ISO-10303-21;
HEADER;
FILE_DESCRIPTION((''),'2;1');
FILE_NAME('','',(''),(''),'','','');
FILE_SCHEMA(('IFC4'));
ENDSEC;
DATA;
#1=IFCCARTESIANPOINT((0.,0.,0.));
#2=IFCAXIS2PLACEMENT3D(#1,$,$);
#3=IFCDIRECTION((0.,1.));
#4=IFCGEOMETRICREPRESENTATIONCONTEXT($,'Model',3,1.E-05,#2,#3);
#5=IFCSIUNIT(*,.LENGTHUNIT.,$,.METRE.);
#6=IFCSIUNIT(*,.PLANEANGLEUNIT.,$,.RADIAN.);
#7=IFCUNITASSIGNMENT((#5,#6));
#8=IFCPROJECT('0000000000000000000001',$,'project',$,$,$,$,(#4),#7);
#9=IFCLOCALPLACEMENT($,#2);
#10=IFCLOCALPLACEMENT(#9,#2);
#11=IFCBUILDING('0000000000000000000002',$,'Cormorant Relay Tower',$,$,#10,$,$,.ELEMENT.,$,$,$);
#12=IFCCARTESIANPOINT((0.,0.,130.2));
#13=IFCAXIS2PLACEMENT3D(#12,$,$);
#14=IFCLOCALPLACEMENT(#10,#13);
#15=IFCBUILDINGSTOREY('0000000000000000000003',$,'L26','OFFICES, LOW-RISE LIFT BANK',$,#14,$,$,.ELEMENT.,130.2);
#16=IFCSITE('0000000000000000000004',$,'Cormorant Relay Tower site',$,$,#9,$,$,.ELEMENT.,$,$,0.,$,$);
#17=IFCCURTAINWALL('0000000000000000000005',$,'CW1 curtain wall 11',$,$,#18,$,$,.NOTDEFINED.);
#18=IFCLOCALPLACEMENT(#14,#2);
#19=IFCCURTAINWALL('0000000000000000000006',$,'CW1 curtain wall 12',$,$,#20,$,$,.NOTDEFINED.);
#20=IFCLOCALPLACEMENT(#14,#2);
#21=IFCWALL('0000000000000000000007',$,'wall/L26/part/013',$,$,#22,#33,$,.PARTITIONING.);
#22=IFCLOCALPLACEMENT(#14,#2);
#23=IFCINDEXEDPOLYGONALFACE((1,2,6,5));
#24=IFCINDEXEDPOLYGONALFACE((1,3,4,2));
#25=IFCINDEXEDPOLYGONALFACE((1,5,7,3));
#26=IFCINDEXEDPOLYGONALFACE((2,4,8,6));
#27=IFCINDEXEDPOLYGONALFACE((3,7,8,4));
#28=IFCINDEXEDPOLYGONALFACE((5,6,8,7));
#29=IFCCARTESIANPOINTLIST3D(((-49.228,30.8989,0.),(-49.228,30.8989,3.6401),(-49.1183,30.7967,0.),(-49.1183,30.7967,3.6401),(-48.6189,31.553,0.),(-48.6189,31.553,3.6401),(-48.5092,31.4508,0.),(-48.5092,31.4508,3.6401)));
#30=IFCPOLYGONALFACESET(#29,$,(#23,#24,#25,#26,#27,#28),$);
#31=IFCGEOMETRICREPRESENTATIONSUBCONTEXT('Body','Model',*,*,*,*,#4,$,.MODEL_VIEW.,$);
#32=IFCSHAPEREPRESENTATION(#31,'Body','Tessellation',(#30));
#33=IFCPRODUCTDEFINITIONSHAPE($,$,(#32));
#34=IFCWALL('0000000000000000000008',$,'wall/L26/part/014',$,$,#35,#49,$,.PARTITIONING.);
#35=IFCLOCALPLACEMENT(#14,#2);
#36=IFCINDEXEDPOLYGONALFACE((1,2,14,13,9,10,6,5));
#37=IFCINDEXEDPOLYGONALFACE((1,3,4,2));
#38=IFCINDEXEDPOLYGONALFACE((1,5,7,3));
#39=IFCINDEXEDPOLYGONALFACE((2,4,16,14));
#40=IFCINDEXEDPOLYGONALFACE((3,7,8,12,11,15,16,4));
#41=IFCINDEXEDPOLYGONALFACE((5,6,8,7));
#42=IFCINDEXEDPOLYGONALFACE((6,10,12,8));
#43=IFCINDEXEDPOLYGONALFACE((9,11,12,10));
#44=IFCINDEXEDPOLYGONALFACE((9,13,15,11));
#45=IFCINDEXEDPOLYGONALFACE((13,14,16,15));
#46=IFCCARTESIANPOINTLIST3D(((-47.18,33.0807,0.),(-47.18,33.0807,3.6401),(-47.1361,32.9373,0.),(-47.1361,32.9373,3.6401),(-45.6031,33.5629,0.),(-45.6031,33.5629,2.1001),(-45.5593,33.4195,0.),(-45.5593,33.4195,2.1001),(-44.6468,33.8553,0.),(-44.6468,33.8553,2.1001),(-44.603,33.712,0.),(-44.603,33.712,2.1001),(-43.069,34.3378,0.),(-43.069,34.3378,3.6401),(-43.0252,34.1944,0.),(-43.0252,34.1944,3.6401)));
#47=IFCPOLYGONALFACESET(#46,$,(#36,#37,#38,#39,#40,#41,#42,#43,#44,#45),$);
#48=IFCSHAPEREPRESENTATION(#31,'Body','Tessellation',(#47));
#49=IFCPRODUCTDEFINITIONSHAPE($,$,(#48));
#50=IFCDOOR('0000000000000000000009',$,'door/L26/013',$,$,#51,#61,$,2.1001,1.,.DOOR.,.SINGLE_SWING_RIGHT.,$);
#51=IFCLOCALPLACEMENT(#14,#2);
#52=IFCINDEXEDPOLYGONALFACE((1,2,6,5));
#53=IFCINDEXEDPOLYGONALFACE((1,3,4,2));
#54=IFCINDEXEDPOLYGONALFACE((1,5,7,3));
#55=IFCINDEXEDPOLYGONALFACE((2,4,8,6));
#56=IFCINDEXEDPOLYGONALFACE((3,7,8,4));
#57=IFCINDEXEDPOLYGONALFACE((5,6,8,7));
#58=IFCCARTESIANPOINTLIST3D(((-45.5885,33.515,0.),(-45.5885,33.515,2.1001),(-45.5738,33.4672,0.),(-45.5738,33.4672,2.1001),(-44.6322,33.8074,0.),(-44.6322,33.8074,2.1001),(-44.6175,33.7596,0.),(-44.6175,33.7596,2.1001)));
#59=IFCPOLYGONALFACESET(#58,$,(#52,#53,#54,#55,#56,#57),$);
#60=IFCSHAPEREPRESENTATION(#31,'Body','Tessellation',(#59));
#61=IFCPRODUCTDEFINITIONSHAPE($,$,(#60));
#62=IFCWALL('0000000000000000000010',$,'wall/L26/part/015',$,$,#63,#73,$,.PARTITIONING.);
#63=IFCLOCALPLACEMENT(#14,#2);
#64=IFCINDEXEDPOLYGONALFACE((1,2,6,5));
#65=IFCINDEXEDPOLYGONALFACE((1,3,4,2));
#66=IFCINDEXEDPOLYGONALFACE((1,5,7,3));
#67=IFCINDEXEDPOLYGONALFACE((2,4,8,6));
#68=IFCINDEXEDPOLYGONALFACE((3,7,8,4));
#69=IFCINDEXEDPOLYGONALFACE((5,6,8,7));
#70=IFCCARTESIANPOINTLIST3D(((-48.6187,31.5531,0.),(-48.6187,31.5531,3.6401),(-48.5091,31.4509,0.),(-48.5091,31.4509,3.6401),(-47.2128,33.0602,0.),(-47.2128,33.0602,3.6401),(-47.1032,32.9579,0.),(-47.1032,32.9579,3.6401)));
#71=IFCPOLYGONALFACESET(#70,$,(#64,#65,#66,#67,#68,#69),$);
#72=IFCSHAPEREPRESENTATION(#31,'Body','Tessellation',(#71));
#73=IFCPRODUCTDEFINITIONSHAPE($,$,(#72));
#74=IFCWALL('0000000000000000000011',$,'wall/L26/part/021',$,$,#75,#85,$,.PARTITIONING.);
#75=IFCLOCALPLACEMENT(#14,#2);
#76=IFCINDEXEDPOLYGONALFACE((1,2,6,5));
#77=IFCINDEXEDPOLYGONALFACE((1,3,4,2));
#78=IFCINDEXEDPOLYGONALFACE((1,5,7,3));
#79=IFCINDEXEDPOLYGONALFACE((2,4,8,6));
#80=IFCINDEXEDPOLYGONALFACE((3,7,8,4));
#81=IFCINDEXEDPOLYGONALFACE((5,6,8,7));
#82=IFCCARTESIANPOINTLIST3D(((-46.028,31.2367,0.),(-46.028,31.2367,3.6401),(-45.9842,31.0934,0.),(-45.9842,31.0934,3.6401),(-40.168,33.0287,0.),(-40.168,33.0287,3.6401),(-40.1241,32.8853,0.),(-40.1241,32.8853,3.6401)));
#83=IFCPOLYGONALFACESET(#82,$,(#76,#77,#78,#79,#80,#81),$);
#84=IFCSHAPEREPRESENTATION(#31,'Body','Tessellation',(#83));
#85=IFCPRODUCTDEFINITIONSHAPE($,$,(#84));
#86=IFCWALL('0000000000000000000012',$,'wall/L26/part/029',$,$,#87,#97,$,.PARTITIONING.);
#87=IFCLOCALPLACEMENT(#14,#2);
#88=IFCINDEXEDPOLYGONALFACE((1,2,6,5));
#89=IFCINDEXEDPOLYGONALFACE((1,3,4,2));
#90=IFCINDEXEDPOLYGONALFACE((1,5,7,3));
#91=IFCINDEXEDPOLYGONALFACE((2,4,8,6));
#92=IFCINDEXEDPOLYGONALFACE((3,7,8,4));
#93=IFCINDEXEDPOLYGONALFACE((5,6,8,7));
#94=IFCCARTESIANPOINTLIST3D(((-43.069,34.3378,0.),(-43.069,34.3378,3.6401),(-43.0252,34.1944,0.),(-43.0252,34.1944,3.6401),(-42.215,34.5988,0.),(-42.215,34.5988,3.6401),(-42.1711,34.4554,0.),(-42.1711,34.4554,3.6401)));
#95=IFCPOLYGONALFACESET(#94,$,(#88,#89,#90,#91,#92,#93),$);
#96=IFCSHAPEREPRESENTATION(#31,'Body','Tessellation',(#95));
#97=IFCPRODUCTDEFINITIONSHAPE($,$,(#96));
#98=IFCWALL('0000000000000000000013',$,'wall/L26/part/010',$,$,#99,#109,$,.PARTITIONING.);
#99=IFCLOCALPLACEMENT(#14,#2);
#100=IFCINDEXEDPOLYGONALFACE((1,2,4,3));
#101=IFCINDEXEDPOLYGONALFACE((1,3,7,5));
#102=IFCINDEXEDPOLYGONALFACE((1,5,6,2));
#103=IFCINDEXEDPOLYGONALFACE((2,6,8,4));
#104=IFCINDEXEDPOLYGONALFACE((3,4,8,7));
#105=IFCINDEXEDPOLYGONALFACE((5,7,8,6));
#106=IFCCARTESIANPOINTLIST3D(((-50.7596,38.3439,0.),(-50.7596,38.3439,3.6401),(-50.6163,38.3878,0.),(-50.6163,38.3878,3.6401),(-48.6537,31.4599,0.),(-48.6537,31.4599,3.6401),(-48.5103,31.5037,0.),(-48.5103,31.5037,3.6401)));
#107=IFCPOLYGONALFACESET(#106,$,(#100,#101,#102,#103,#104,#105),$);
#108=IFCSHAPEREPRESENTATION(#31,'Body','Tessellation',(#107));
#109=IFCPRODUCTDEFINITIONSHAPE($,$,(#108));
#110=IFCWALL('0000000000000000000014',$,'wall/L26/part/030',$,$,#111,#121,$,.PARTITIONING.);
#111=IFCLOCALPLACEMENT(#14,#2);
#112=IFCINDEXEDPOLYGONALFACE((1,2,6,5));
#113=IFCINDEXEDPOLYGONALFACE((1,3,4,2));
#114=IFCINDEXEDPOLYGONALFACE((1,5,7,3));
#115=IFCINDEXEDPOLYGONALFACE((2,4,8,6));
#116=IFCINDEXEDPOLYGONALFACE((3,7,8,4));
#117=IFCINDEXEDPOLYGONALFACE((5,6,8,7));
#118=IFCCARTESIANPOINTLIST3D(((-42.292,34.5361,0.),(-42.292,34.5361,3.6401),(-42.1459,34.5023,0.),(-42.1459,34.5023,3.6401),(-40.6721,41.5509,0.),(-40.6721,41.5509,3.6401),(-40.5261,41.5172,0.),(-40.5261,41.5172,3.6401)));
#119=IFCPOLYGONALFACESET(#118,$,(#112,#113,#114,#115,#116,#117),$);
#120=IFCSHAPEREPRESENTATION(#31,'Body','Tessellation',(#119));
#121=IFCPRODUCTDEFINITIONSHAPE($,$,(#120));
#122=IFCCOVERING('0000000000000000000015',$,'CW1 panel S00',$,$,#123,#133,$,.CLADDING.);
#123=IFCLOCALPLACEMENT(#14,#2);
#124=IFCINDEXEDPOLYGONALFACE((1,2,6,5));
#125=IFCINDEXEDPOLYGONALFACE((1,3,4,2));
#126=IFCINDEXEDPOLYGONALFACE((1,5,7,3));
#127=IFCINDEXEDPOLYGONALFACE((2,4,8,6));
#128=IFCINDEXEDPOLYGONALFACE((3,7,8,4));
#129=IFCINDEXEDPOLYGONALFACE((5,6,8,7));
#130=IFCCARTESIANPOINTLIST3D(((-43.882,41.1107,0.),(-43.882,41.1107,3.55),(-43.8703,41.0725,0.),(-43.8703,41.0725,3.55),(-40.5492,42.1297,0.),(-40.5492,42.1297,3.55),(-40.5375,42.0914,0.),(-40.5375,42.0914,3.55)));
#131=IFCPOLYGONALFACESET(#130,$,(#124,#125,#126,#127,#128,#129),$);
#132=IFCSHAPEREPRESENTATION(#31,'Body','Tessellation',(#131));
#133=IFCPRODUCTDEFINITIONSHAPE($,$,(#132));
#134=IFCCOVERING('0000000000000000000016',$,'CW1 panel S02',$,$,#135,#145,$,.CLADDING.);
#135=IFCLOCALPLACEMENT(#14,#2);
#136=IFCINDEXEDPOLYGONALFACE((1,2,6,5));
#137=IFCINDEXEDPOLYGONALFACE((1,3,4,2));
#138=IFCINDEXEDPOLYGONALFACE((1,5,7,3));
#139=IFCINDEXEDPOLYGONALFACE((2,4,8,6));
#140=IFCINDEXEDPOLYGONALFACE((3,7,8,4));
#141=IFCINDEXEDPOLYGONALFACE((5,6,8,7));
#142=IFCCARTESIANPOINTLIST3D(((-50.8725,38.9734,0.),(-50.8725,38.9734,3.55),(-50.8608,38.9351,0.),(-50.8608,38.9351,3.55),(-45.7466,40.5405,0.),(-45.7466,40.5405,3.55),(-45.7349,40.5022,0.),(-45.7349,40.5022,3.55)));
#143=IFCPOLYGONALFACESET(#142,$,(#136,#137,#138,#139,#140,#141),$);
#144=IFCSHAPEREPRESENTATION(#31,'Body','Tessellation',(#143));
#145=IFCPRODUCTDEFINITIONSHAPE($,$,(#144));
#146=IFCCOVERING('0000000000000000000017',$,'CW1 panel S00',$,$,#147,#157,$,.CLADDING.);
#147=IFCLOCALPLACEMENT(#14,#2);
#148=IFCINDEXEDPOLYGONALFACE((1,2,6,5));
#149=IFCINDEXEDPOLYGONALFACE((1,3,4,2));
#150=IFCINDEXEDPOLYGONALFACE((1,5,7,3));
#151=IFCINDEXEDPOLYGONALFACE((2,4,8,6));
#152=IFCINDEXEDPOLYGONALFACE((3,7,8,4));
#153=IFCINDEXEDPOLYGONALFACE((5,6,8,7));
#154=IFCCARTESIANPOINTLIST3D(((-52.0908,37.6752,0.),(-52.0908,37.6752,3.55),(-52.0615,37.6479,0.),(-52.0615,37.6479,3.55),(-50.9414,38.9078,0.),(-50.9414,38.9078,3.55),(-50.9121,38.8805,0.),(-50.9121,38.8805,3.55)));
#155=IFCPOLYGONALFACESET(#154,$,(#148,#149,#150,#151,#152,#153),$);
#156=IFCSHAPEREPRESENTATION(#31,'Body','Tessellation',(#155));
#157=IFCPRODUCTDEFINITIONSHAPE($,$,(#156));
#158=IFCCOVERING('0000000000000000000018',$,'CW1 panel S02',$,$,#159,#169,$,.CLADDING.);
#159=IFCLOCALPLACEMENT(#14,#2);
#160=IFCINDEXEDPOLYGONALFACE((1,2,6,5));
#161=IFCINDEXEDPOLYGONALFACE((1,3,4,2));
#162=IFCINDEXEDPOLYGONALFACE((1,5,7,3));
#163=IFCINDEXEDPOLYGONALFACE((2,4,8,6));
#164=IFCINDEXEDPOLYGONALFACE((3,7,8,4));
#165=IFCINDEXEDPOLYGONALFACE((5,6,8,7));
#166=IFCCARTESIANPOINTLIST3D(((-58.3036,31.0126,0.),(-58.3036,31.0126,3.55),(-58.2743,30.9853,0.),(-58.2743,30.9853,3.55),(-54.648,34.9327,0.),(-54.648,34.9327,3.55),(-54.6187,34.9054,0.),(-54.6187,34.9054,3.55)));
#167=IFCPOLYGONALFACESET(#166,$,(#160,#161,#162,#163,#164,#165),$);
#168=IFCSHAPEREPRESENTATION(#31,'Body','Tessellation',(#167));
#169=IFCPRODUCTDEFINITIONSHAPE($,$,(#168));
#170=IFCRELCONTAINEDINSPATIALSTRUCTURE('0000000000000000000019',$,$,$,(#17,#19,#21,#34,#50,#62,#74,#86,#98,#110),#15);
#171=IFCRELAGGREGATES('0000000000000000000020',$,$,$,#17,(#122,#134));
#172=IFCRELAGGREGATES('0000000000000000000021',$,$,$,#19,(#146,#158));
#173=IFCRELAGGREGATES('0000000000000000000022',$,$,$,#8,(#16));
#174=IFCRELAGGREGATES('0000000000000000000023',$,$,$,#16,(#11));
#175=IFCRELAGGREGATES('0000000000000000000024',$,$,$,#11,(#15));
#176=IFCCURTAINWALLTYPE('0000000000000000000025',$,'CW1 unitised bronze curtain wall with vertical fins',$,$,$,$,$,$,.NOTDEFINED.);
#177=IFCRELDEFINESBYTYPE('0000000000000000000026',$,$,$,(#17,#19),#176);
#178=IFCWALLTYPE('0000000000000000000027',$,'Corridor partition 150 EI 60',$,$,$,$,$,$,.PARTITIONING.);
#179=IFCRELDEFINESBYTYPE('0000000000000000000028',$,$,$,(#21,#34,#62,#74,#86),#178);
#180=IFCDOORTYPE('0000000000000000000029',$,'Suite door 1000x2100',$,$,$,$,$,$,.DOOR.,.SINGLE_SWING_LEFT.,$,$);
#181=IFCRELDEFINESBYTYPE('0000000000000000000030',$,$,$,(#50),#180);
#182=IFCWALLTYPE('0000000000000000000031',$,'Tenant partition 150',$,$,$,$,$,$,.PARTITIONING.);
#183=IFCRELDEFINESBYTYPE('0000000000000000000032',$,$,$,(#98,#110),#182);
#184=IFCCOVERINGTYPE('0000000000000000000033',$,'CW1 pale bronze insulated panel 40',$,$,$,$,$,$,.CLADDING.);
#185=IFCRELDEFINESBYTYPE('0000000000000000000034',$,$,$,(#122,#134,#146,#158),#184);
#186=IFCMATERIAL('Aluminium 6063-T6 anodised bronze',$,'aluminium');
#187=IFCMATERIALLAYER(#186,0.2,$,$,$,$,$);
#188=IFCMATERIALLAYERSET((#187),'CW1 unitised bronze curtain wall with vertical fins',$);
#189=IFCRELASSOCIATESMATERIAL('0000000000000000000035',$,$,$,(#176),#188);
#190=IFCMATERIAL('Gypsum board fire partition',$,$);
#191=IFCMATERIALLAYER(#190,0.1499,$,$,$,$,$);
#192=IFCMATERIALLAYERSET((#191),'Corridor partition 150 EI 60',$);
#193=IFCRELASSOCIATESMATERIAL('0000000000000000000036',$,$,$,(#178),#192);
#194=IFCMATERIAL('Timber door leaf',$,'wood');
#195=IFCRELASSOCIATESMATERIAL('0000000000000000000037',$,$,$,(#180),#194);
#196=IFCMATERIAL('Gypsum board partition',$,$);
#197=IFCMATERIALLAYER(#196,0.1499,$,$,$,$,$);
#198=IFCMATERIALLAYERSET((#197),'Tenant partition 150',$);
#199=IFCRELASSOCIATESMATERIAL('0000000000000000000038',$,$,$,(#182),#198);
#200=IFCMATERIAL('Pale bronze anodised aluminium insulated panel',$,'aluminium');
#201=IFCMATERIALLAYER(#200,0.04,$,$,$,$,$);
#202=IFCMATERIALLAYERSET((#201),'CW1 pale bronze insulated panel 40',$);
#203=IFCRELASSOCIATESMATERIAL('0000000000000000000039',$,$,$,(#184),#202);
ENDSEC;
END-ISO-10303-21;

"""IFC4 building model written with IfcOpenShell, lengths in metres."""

from ifc_helpers import new_model, si_unit, direction, frame, frame_2d, origin, origin_2d, place, context, subcontext, project, spatial, rectangle, extrude, material, layer, layer_set, type_object, element, fill, aggregate, save


model = new_model("IFC4")

# Units and contexts
model_context = context("Model", 3, precision=1e-05, world=origin(), true_north=direction((0.0, 1.0)))
body_context = subcontext(model_context, "Body", "Model", "MODEL_VIEW")
ifc_project = project(units=[si_unit("LENGTHUNIT", "METRE"), si_unit("PLANEANGLEUNIT", "RADIAN")], contexts=[model_context])

# Site, building, storey
site_placement = place(None, origin())
site = spatial("IfcSite", under=ifc_project, at=site_placement, Name="Cormorant Relay Tower site", CompositionType="ELEMENT", RefElevation=0.0)
building_placement = place(site_placement, origin())
building = spatial("IfcBuilding", under=site, at=building_placement, Name="Cormorant Relay Tower", CompositionType="ELEMENT")
storey_placement = place(building_placement, frame((0.0, 0.0, 130.2)))
storey = spatial("IfcBuildingStorey", under=building, at=storey_placement, Name="L26", Description="OFFICES, LOW-RISE LIFT BANK", CompositionType="ELEMENT", Elevation=130.2)

# Curtain walls
ifc_material_1 = material(Name="Aluminium 6063-T6 anodised bronze", Category="aluminium")
ifc_layer_1 = layer(ifc_material_1, 0.2)
ifc_layer_set_1 = layer_set([ifc_layer_1], Name="CW1 unitised bronze curtain wall with vertical fins")
curtain_wall_type = type_object("IfcCurtainWallType", Name="CW1 unitised bronze curtain wall with vertical fins", PredefinedType="NOTDEFINED", material=ifc_layer_set_1)
curtain_wall_1_placement = place(storey_placement, origin())
curtain_wall_1 = element("IfcCurtainWall", 1, at=curtain_wall_1_placement, inside=storey, type_object=curtain_wall_type, Name="CW1 curtain wall 11", PredefinedType="NOTDEFINED")
curtain_wall_2_placement = place(storey_placement, origin())
curtain_wall_2 = element("IfcCurtainWall", 2, at=curtain_wall_2_placement, inside=storey, type_object=curtain_wall_type, Name="CW1 curtain wall 12", PredefinedType="NOTDEFINED")

# Wall
ifc_material_2 = material(Name="Gypsum board fire partition")
ifc_layer_2 = layer(ifc_material_2, 0.1499)
ifc_layer_set_2 = layer_set([ifc_layer_2], Name="Corridor partition 150 EI 60")
wall_type_1 = type_object("IfcWallType", Name="Corridor partition 150 EI 60", PredefinedType="PARTITIONING", material=ifc_layer_set_2)
wall_1_placement = place(storey_placement, frame((-49.1731, 30.8479, 0.0), z_axis=(0.0, 0.0, 1.0), x_axis=(0.68153, 0.731791, 0.0)))
element("IfcWall", 3, at=wall_1_placement, inside=storey, type_object=wall_type_1, Name="wall/L26/part/013", PredefinedType="PARTITIONING", context=body_context, shape_type="SweptSolid", body=[
    extrude(rectangle(XDim=0.8938, YDim=0.1499, at=frame_2d((0.4468, 0.0))), origin(), (0.0, 0.0, 1.0), 3.6401),
])

# Wall, opening, door
wall_2_placement = place(storey_placement, frame((-43.0471, 34.2661, 0.0), z_axis=(0.0, 0.0, 1.0), x_axis=(-0.956287, -0.292429, 0.0)))
wall_2 = element("IfcWall", 4, at=wall_2_placement, inside=storey, type_object=wall_type_1, Name="wall/L26/part/014", PredefinedType="PARTITIONING", context=body_context, shape_type="SweptSolid", body=[
    extrude(rectangle(XDim=4.2988, YDim=0.1499, at=frame_2d((2.1494, 0.0))), origin(), (0.0, 0.0, 1.0), 3.6401),
])
opening_placement = place(wall_2_placement, frame((1.6499, 0.0, 0.0)))
opening = element("IfcOpeningElement", 5, at=opening_placement, cuts=wall_2, PredefinedType="OPENING", context=body_context, shape_type="SweptSolid", body=[
    extrude(rectangle(XDim=1.0, YDim=2.1001, at=frame_2d((0.5, 1.05))), frame((0.0, 0.085, 0.0), z_axis=(0.0, -1.0, 0.0), x_axis=(1.0, 0.0, 0.0)), (0.0, 0.0, 1.0), 0.1699),
])
ifc_material_3 = material(Name="Timber door leaf", Category="wood")
door_type = type_object("IfcDoorType", Name="Suite door 1000x2100", OperationType="SINGLE_SWING_LEFT", PredefinedType="DOOR", material=ifc_material_3)
door_placement = place(opening_placement, frame((1.0, 0.0, 0.0), z_axis=(0.0, 0.0, 1.0), x_axis=(-1.0, 0.0, 0.0)))
door = element("IfcDoor", 6, at=door_placement, inside=storey, type_object=door_type, Name="door/L26/013", OperationType="SINGLE_SWING_RIGHT", OverallHeight=2.1001, OverallWidth=1.0, PredefinedType="DOOR", context=body_context, shape_type="SweptSolid", body=[
    extrude(rectangle(XDim=1.0, YDim=2.1001, at=frame_2d((0.5, 1.05))), frame((0.0, 0.0249, 0.0), z_axis=(0.0, -1.0, 0.0), x_axis=(1.0, 0.0, 0.0)), (0.0, 0.0, 1.0), 0.05),
])
fill(opening, door)

# Walls
wall_3_placement = place(storey_placement, frame((-47.158, 33.009, 0.0), z_axis=(0.0, 0.0, 1.0), x_axis=(-0.682162, -0.731201, 0.0)))
element("IfcWall", 7, at=wall_3_placement, inside=storey, type_object=wall_type_1, Name="wall/L26/part/015", PredefinedType="PARTITIONING", context=body_context, shape_type="SweptSolid", body=[
    extrude(rectangle(XDim=2.061, YDim=0.1499, at=frame_2d((1.0305, 0.0))), origin(), (0.0, 0.0, 1.0), 3.6401),
])
wall_4_placement = place(storey_placement, frame((-46.0061, 31.165, 0.0), z_axis=(0.0, 0.0, 1.0), x_axis=(0.956288, 0.292428, 0.0)))
element("IfcWall", 8, at=wall_4_placement, inside=storey, type_object=wall_type_1, Name="wall/L26/part/021", PredefinedType="PARTITIONING", context=body_context, shape_type="SweptSolid", body=[
    extrude(rectangle(XDim=6.1279, YDim=0.1499, at=frame_2d((3.064, 0.0))), origin(), (0.0, 0.0, 1.0), 3.6401),
])
wall_5_placement = place(storey_placement, frame((-43.0471, 34.2661, 0.0), z_axis=(0.0, 0.0, 1.0), x_axis=(0.956339, 0.29226, 0.0)))
element("IfcWall", 9, at=wall_5_placement, inside=storey, type_object=wall_type_1, Name="wall/L26/part/029", PredefinedType="PARTITIONING", context=body_context, shape_type="SweptSolid", body=[
    extrude(rectangle(XDim=0.8931, YDim=0.1499, at=frame_2d((0.4465, 0.0))), origin(), (0.0, 0.0, 1.0), 3.6401),
])
ifc_material_4 = material(Name="Gypsum board partition")
ifc_layer_3 = layer(ifc_material_4, 0.1499)
ifc_layer_set_3 = layer_set([ifc_layer_3], Name="Tenant partition 150")
wall_type_2 = type_object("IfcWallType", Name="Tenant partition 150", PredefinedType="PARTITIONING", material=ifc_layer_set_3)
wall_6_placement = place(storey_placement, frame((-50.688, 38.366, 0.0), z_axis=(0.0, 0.0, 1.0), x_axis=(0.292536, -0.956254, 0.0)))
element("IfcWall", 10, at=wall_6_placement, inside=storey, type_object=wall_type_2, Name="wall/L26/part/010", PredefinedType="PARTITIONING", context=body_context, shape_type="SweptSolid", body=[
    extrude(rectangle(XDim=7.199, YDim=0.1499, at=frame_2d((3.5996, 0.0))), origin(), (0.0, 0.0, 1.0), 3.6401),
])
wall_7_placement = place(storey_placement, frame((-40.5991, 41.5339, 0.0), z_axis=(0.0, 0.0, 1.0), x_axis=(-0.224998, -0.974359, 0.0)))
element("IfcWall", 11, at=wall_7_placement, inside=storey, type_object=wall_type_2, Name="wall/L26/part/030", PredefinedType="PARTITIONING", context=body_context, shape_type="SweptSolid", body=[
    extrude(rectangle(XDim=7.1995, YDim=0.1499, at=frame_2d((3.5996, 0.0))), origin(), (0.0, 0.0, 1.0), 3.6401),
])

# Coverings
ifc_material_5 = material(Name="Pale bronze anodised aluminium insulated panel", Category="aluminium")
ifc_layer_4 = layer(ifc_material_5, 0.04)
ifc_layer_set_4 = layer_set([ifc_layer_4], Name="CW1 pale bronze insulated panel 40")
covering_type = type_object("IfcCoveringType", Name="CW1 pale bronze insulated panel 40", PredefinedType="CLADDING", material=ifc_layer_set_4)
covering_1_placement = place(storey_placement, frame((-42.2097, 41.6011, 0.0), z_axis=(0.0, 0.0, 1.0), x_axis=(-0.956305, -0.292372, 0.0)))
covering_1 = element("IfcCovering", 12, at=covering_1_placement, type_object=covering_type, Name="CW1 panel S00", PredefinedType="CLADDING", context=body_context, shape_type="SweptSolid", body=[
    extrude(rectangle(XDim=3.4851, YDim=0.04, at=origin_2d()), origin(), (0.0, 0.0, 1.0), 3.55),
])
covering_2_placement = place(storey_placement, frame((-48.3037, 39.7378, 0.0), z_axis=(0.0, 0.0, 1.0), x_axis=(-0.956305, -0.292372, 0.0)))
covering_2 = element("IfcCovering", 13, at=covering_2_placement, type_object=covering_type, Name="CW1 panel S02", PredefinedType="CLADDING", context=body_context, shape_type="SweptSolid", body=[
    extrude(rectangle(XDim=5.3601, YDim=0.04, at=origin_2d()), origin(), (0.0, 0.0, 1.0), 3.55),
])
aggregate(curtain_wall_1, [covering_1, covering_2])
covering_3_placement = place(storey_placement, frame((-51.5015, 38.2778, 0.0), z_axis=(0.0, 0.0, 1.0), x_axis=(-0.681998, -0.731354, 0.0)))
covering_3 = element("IfcCovering", 14, at=covering_3_placement, type_object=covering_type, Name="CW1 panel S00", PredefinedType="CLADDING", context=body_context, shape_type="SweptSolid", body=[
    extrude(rectangle(XDim=1.6853, YDim=0.04, at=origin_2d()), origin(), (0.0, 0.0, 1.0), 3.55),
])
covering_4_placement = place(storey_placement, frame((-56.4612, 32.959, 0.0), z_axis=(0.0, 0.0, 1.0), x_axis=(-0.681998, -0.731354, 0.0)))
covering_4 = element("IfcCovering", 15, at=covering_4_placement, type_object=covering_type, Name="CW1 panel S02", PredefinedType="CLADDING", context=body_context, shape_type="SweptSolid", body=[
    extrude(rectangle(XDim=5.3601, YDim=0.04, at=origin_2d()), origin(), (0.0, 0.0, 1.0), 3.55),
])
aggregate(curtain_wall_2, [covering_3, covering_4])

save(model, "model.ifc")
